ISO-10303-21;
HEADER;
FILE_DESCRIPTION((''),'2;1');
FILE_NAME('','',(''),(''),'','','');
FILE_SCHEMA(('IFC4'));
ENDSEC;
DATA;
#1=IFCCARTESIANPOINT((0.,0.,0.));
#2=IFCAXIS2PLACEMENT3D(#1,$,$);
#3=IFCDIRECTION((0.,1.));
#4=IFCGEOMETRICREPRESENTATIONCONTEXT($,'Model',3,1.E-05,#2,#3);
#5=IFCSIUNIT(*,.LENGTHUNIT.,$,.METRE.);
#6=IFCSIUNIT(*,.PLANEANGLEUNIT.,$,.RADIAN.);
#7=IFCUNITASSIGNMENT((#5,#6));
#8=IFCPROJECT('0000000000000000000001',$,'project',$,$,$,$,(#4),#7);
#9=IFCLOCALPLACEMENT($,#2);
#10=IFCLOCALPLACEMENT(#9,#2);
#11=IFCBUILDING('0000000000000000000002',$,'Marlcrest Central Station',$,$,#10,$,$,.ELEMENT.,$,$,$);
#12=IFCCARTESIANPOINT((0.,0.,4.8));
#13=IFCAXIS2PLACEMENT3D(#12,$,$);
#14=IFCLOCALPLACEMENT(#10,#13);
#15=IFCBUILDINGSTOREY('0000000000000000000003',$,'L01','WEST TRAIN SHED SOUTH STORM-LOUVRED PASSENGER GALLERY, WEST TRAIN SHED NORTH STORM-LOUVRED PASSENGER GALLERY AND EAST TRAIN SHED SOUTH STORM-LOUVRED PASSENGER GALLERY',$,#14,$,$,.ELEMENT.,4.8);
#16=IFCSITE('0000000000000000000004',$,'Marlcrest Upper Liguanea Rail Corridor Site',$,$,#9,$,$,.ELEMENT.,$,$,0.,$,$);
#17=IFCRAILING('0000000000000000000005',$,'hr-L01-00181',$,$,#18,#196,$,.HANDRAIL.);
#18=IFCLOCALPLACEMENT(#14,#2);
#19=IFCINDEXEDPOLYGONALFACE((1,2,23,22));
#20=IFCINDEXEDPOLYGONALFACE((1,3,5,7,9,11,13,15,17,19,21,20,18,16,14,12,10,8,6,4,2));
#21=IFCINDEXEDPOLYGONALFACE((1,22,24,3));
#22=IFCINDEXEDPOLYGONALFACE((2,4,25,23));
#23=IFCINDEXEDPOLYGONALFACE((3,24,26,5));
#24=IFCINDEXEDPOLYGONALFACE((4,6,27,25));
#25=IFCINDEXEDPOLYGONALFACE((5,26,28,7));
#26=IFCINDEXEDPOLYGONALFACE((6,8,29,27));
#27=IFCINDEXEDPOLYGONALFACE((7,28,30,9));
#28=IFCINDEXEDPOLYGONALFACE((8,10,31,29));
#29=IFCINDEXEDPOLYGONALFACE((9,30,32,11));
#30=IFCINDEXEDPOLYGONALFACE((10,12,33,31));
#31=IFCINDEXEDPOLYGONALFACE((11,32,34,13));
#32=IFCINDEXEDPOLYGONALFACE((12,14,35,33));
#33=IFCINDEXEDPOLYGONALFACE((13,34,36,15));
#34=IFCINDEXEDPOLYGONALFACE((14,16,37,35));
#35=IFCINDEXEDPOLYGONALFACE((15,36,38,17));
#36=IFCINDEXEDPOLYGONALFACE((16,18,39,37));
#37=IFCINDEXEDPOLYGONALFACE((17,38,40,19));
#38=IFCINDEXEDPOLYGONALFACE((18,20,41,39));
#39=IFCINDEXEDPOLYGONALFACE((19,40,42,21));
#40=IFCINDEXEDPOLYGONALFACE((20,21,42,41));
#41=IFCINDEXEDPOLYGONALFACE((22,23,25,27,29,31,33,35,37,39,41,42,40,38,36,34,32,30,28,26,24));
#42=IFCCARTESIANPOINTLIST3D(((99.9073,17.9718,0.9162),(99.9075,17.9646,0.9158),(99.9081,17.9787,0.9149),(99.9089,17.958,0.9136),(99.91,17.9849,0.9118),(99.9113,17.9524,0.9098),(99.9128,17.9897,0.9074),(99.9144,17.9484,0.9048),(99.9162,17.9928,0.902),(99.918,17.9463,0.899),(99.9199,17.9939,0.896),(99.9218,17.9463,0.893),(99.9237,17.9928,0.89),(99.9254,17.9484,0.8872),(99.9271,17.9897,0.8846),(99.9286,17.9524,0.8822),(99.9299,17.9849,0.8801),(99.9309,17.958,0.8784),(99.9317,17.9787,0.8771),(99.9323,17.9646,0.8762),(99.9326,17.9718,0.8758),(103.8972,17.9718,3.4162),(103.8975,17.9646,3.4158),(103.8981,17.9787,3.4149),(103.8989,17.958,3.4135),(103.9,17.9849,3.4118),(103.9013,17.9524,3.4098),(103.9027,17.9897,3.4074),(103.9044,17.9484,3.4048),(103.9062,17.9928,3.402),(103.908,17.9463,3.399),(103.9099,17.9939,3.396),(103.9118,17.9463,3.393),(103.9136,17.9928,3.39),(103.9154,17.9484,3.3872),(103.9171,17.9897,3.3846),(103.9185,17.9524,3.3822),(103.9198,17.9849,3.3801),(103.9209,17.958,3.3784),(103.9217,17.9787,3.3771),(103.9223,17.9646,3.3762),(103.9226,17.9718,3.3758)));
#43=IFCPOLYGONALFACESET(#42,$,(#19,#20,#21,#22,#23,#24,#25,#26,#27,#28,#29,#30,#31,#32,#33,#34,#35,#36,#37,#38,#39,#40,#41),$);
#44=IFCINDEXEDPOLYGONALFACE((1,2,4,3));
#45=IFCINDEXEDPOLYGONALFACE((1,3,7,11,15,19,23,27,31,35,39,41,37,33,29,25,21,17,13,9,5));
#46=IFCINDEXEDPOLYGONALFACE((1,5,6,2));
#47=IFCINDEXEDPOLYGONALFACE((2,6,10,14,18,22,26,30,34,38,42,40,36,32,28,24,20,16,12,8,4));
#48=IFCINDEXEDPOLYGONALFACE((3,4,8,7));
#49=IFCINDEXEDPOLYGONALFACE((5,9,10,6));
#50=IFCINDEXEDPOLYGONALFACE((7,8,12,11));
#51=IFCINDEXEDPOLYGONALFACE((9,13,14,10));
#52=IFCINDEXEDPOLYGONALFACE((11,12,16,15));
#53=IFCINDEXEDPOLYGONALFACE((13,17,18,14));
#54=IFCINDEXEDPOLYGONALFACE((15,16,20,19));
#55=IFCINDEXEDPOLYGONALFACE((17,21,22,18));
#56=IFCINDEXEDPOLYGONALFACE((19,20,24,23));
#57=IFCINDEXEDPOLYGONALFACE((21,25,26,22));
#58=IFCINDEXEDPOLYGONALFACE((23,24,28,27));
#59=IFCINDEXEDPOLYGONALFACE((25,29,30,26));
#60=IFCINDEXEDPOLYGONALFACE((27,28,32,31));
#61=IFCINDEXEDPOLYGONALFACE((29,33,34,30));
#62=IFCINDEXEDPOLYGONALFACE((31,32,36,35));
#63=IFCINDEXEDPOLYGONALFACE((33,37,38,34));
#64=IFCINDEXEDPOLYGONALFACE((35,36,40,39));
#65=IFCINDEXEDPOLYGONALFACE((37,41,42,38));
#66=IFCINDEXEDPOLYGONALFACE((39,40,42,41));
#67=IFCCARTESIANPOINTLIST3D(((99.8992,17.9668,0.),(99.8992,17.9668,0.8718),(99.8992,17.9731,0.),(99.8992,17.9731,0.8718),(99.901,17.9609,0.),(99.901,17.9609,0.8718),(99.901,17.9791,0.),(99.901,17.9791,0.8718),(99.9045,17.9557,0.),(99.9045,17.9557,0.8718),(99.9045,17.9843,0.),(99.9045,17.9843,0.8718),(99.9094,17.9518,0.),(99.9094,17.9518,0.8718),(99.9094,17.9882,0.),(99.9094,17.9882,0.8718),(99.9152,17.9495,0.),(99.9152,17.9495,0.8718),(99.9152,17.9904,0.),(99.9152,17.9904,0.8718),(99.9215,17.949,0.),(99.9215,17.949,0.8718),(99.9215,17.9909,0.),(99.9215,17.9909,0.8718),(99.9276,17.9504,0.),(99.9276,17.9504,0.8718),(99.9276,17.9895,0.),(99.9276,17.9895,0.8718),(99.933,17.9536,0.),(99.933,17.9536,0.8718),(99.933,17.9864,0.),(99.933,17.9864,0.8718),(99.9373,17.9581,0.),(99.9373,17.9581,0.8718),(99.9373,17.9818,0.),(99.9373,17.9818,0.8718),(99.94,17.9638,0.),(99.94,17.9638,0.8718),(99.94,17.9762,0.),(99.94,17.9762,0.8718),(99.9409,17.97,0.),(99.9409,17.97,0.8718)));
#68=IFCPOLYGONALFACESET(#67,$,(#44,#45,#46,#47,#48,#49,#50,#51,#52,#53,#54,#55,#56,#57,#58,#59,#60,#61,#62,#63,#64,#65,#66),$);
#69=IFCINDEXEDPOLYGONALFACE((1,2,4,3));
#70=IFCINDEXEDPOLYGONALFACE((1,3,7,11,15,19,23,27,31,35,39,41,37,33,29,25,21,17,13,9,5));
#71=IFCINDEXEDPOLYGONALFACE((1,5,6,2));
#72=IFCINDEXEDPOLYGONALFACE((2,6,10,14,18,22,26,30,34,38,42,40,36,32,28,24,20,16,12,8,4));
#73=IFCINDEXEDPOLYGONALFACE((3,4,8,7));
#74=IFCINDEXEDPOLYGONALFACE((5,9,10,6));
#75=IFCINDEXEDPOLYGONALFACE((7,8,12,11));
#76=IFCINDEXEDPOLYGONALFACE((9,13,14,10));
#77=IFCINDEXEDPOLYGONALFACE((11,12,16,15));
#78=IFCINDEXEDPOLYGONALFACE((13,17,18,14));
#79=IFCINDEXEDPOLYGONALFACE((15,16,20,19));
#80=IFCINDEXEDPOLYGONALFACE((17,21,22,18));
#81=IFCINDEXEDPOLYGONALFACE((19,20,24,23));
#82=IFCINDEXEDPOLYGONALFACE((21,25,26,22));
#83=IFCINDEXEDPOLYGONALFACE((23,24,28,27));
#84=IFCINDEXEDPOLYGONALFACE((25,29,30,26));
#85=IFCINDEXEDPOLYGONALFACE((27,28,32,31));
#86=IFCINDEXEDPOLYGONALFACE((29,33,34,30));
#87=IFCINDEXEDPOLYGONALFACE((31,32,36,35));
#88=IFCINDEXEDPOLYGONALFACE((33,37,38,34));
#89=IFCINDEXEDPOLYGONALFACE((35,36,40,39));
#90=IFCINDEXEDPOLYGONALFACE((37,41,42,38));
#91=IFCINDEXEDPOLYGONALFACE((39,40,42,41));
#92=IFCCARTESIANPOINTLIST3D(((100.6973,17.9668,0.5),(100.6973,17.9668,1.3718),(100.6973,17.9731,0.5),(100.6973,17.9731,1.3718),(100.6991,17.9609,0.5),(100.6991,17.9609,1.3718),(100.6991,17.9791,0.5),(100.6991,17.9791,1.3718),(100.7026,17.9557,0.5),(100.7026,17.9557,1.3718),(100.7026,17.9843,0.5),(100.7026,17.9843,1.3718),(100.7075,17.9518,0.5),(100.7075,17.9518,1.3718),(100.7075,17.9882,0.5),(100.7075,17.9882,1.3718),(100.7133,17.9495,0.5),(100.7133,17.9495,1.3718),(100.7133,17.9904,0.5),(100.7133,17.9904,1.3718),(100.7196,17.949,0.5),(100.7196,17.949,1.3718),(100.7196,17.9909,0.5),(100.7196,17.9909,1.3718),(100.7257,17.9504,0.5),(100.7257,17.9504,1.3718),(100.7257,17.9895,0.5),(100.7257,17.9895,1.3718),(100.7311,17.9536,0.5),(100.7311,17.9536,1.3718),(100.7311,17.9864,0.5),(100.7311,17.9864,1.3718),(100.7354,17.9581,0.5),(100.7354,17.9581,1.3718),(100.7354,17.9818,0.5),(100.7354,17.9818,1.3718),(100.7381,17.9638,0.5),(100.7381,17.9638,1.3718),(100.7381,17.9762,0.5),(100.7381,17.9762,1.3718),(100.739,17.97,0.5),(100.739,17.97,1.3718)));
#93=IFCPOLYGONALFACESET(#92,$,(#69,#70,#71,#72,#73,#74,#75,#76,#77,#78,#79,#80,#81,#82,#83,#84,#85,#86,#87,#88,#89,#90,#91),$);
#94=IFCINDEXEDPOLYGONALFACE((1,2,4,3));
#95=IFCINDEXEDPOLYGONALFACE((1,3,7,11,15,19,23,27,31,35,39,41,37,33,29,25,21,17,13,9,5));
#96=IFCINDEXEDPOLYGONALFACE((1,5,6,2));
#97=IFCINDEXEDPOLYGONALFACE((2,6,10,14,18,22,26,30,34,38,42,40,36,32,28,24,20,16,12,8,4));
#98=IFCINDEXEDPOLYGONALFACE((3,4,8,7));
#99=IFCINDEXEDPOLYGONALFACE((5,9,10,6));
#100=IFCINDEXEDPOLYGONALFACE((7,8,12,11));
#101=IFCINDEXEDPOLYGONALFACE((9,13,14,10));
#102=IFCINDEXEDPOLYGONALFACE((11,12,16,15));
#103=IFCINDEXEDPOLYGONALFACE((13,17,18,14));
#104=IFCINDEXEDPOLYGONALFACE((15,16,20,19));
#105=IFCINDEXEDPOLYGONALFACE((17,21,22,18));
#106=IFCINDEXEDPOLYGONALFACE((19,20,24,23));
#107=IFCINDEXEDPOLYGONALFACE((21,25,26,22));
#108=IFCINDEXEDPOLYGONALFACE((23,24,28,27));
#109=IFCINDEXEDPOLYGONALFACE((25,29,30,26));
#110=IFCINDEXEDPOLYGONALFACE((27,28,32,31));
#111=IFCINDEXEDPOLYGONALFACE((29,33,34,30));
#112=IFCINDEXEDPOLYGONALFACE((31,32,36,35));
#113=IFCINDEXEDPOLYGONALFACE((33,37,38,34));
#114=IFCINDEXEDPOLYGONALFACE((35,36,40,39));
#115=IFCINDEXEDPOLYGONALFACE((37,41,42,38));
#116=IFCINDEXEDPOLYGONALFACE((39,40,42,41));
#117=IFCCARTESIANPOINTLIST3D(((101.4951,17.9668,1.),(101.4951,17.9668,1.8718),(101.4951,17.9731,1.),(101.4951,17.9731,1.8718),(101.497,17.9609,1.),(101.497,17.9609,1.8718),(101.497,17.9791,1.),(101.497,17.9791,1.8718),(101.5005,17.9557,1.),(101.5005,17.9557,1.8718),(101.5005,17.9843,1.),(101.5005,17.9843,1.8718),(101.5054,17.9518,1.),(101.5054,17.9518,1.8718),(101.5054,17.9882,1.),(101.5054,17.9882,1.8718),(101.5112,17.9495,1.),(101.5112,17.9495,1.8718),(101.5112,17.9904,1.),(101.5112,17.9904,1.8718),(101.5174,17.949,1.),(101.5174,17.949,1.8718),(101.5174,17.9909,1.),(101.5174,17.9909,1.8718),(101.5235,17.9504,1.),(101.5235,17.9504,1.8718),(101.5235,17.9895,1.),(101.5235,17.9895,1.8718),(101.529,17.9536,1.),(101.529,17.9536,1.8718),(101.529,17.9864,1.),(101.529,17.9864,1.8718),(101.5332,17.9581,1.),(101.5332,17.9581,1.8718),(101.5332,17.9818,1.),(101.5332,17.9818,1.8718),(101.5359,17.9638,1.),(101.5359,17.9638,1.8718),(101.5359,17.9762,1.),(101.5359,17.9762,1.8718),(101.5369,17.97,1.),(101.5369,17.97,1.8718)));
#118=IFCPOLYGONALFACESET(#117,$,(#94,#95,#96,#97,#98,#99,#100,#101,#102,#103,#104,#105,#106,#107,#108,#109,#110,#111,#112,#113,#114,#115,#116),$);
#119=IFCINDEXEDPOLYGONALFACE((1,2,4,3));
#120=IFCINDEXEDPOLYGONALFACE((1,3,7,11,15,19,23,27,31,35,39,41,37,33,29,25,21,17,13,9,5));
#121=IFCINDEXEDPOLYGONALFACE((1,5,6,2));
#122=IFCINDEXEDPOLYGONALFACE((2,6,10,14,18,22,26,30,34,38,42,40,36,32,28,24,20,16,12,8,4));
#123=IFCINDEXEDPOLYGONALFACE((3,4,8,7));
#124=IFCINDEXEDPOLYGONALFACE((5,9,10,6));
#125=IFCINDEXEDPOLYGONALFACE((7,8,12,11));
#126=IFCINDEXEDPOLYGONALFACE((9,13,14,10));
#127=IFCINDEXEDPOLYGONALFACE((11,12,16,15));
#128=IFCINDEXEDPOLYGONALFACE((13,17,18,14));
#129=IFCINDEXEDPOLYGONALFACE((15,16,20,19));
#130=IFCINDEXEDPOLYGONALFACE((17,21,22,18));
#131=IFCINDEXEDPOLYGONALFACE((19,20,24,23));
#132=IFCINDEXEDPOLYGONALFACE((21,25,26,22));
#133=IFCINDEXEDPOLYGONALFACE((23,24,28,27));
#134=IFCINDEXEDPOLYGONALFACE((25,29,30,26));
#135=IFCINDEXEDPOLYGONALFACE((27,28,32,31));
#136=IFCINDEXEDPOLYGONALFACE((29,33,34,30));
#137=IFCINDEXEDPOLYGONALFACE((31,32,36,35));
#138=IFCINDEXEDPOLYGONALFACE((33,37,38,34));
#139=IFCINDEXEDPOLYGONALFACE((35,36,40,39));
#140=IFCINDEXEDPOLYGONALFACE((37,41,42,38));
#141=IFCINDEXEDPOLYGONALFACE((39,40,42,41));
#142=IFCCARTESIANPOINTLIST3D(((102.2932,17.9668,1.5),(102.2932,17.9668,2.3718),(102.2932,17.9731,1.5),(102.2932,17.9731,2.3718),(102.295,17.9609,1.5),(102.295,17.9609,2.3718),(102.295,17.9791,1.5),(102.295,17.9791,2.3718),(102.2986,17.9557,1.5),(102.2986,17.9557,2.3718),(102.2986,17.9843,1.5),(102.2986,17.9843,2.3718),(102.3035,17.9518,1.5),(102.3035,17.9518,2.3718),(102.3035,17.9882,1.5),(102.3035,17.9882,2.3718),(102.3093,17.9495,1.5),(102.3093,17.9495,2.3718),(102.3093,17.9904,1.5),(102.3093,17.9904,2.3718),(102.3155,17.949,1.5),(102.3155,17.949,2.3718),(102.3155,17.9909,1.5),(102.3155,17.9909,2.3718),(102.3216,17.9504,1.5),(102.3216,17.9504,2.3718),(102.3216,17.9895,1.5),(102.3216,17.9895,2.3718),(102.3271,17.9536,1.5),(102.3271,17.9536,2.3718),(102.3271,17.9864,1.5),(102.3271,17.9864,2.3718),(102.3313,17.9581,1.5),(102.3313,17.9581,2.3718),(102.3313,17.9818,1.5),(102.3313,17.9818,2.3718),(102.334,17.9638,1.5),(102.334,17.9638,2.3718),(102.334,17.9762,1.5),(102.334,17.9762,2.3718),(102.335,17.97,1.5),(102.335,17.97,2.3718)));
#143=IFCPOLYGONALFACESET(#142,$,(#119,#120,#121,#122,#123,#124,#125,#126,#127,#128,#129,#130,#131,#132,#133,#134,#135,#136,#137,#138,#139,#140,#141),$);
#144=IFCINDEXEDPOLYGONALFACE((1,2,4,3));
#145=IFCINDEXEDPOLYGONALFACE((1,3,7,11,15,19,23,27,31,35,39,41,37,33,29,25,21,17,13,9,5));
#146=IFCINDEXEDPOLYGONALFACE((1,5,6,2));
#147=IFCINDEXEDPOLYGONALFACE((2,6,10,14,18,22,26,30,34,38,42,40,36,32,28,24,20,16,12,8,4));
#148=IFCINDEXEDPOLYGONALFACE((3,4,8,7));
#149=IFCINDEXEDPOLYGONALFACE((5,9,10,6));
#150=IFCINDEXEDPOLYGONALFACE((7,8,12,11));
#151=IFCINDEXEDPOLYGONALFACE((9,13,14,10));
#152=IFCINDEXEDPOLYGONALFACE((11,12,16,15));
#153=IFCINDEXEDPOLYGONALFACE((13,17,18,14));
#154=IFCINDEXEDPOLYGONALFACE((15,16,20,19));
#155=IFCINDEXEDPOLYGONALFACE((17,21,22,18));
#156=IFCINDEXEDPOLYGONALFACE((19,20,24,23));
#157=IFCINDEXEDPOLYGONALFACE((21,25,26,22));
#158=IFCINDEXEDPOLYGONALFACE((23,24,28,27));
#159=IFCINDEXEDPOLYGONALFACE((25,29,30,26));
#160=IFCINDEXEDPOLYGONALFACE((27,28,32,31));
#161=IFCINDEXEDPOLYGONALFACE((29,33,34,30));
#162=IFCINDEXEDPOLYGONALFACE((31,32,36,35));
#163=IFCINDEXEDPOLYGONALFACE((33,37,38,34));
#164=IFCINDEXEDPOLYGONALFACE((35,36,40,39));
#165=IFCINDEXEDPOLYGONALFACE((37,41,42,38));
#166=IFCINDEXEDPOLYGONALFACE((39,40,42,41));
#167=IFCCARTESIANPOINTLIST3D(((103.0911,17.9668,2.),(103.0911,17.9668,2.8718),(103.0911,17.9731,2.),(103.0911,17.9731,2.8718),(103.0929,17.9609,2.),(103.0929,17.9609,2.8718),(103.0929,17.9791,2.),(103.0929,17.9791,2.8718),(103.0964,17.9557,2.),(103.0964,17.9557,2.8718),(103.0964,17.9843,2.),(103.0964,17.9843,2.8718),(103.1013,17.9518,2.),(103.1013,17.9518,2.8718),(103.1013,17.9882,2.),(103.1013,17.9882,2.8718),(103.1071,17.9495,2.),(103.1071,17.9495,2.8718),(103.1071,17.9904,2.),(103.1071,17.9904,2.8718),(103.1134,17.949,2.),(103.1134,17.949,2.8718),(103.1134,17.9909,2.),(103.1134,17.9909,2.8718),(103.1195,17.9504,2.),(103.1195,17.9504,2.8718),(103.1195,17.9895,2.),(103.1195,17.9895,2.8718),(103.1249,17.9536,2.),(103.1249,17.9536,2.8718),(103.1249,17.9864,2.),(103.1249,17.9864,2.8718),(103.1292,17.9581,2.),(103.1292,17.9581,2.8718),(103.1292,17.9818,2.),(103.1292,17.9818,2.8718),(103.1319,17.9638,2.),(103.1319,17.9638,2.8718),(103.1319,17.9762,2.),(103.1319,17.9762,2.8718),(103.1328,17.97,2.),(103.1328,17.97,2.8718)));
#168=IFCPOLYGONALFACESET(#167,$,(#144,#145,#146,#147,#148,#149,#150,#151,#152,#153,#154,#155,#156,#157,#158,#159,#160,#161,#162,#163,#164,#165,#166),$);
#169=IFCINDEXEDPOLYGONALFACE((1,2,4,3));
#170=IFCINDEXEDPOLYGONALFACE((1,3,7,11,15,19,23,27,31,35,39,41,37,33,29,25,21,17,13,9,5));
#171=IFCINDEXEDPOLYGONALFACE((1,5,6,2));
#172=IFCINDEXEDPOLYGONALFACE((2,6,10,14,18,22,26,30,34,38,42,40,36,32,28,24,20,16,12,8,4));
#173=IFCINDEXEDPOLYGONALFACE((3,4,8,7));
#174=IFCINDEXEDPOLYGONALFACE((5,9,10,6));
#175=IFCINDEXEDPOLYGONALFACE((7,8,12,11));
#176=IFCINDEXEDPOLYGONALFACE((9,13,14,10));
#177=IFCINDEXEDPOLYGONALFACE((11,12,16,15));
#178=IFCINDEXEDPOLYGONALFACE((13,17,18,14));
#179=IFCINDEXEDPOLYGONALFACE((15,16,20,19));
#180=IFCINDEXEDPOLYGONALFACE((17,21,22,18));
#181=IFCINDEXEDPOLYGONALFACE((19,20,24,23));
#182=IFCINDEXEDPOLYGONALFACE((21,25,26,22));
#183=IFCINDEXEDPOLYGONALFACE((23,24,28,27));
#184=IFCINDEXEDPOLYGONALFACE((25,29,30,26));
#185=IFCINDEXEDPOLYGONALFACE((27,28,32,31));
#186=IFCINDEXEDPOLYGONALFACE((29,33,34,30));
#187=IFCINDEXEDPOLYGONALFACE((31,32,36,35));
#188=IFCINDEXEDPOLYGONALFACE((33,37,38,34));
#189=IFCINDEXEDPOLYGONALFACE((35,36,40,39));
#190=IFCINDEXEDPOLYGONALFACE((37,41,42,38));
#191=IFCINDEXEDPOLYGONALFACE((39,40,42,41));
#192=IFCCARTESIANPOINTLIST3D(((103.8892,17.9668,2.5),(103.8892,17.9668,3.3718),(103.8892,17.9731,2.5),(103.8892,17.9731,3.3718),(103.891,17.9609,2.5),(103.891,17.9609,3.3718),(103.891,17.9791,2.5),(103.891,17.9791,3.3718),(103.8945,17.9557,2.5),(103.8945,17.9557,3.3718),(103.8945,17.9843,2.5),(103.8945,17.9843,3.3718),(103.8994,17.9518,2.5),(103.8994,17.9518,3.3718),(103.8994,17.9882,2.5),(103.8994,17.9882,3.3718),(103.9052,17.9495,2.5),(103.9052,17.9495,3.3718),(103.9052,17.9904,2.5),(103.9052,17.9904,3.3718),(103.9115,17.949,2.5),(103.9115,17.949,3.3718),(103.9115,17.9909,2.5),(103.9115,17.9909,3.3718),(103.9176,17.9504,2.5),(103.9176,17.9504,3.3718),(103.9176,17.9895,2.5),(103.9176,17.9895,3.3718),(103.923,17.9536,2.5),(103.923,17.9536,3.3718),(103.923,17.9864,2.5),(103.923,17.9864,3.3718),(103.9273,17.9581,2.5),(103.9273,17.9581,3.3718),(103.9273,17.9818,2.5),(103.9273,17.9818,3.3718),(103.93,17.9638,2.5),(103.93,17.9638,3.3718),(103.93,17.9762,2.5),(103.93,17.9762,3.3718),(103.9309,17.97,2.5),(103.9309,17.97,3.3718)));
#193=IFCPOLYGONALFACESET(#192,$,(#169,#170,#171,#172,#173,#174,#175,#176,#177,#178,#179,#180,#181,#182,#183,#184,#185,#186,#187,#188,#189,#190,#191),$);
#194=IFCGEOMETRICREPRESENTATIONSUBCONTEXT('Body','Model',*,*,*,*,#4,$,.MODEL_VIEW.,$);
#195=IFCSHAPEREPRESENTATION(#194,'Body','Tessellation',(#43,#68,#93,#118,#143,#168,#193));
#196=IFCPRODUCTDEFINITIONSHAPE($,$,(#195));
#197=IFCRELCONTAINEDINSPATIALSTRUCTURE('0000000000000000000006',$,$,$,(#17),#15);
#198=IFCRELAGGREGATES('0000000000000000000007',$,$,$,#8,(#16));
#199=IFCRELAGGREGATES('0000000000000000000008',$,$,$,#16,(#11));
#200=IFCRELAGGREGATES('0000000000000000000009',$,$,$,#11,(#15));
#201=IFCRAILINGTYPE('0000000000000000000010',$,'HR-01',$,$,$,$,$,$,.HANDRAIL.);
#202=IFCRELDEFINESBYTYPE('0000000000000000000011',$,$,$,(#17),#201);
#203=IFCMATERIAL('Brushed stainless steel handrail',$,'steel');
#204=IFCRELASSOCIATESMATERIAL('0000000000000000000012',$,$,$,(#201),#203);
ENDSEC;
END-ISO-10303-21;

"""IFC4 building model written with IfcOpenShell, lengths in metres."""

from ifc_helpers import new_model, si_unit, direction, frame, origin, origin_2d, place, context, subcontext, project, spatial, circle, extrude, material, type_object, element, save


model = new_model("IFC4")

# Units and contexts
model_context = context("Model", 3, precision=1e-05, world=origin(), true_north=direction((0.0, 1.0)))
body_context = subcontext(model_context, "Body", "Model", "MODEL_VIEW")
ifc_project = project(units=[si_unit("LENGTHUNIT", "METRE"), si_unit("PLANEANGLEUNIT", "RADIAN")], contexts=[model_context])

# Site, building, storey
site_placement = place(None, origin())
site = spatial("IfcSite", under=ifc_project, at=site_placement, Name="Marlcrest Upper Liguanea Rail Corridor Site", CompositionType="ELEMENT", RefElevation=0.0)
building_placement = place(site_placement, origin())
building = spatial("IfcBuilding", under=site, at=building_placement, Name="Marlcrest Central Station", CompositionType="ELEMENT")
storey_placement = place(building_placement, frame((0.0, 0.0, 4.8)))
storey = spatial("IfcBuildingStorey", under=building, at=storey_placement, Name="L01", Description="WEST TRAIN SHED SOUTH STORM-LOUVRED PASSENGER GALLERY, WEST TRAIN SHED NORTH STORM-LOUVRED PASSENGER GALLERY AND EAST TRAIN SHED SOUTH STORM-LOUVRED PASSENGER GALLERY", CompositionType="ELEMENT", Elevation=4.8)

# Railing
ifc_material_1 = material(Name="Brushed stainless steel handrail", Category="steel")
railing_type_1 = type_object("IfcRailingType", Name="HR-01", PredefinedType="HANDRAIL", material=ifc_material_1)
railing_1_placement = place(storey_placement, frame((99.9199, 17.97, 0.0)))
element("IfcRailing", 1, at=railing_1_placement, inside=storey, type_object=railing_type_1, Name="hr-L01-00181", PredefinedType="HANDRAIL", context=body_context, shape_type="SweptSolid", body=[
    extrude(circle(Radius=0.0239, at=origin_2d()), frame((0.0, 0.0, 0.896), z_axis=(0.847401, 0.0, 0.530954), x_axis=(0.0, 1.0, 0.0)), (0.0, 0.0, 1.0), 4.7085),
    extrude(circle(Radius=0.021, at=origin_2d()), origin(), (0.0, 0.0, 1.0), 0.8718),
    extrude(circle(Radius=0.021, at=origin_2d()), frame((0.7981, 0.0, 0.5)), (0.0, 0.0, 1.0), 0.8718),
    extrude(circle(Radius=0.021, at=origin_2d()), frame((1.5959, 0.0, 1.0)), (0.0, 0.0, 1.0), 0.8718),
    extrude(circle(Radius=0.021, at=origin_2d()), frame((2.394, 0.0, 1.5)), (0.0, 0.0, 1.0), 0.8718),
    extrude(circle(Radius=0.021, at=origin_2d()), frame((3.1919, 0.0, 2.0)), (0.0, 0.0, 1.0), 0.8718),
    extrude(circle(Radius=0.021, at=origin_2d()), frame((3.99, 0.0, 2.5)), (0.0, 0.0, 1.0), 0.8718),
])

save(model, "model.ifc")
